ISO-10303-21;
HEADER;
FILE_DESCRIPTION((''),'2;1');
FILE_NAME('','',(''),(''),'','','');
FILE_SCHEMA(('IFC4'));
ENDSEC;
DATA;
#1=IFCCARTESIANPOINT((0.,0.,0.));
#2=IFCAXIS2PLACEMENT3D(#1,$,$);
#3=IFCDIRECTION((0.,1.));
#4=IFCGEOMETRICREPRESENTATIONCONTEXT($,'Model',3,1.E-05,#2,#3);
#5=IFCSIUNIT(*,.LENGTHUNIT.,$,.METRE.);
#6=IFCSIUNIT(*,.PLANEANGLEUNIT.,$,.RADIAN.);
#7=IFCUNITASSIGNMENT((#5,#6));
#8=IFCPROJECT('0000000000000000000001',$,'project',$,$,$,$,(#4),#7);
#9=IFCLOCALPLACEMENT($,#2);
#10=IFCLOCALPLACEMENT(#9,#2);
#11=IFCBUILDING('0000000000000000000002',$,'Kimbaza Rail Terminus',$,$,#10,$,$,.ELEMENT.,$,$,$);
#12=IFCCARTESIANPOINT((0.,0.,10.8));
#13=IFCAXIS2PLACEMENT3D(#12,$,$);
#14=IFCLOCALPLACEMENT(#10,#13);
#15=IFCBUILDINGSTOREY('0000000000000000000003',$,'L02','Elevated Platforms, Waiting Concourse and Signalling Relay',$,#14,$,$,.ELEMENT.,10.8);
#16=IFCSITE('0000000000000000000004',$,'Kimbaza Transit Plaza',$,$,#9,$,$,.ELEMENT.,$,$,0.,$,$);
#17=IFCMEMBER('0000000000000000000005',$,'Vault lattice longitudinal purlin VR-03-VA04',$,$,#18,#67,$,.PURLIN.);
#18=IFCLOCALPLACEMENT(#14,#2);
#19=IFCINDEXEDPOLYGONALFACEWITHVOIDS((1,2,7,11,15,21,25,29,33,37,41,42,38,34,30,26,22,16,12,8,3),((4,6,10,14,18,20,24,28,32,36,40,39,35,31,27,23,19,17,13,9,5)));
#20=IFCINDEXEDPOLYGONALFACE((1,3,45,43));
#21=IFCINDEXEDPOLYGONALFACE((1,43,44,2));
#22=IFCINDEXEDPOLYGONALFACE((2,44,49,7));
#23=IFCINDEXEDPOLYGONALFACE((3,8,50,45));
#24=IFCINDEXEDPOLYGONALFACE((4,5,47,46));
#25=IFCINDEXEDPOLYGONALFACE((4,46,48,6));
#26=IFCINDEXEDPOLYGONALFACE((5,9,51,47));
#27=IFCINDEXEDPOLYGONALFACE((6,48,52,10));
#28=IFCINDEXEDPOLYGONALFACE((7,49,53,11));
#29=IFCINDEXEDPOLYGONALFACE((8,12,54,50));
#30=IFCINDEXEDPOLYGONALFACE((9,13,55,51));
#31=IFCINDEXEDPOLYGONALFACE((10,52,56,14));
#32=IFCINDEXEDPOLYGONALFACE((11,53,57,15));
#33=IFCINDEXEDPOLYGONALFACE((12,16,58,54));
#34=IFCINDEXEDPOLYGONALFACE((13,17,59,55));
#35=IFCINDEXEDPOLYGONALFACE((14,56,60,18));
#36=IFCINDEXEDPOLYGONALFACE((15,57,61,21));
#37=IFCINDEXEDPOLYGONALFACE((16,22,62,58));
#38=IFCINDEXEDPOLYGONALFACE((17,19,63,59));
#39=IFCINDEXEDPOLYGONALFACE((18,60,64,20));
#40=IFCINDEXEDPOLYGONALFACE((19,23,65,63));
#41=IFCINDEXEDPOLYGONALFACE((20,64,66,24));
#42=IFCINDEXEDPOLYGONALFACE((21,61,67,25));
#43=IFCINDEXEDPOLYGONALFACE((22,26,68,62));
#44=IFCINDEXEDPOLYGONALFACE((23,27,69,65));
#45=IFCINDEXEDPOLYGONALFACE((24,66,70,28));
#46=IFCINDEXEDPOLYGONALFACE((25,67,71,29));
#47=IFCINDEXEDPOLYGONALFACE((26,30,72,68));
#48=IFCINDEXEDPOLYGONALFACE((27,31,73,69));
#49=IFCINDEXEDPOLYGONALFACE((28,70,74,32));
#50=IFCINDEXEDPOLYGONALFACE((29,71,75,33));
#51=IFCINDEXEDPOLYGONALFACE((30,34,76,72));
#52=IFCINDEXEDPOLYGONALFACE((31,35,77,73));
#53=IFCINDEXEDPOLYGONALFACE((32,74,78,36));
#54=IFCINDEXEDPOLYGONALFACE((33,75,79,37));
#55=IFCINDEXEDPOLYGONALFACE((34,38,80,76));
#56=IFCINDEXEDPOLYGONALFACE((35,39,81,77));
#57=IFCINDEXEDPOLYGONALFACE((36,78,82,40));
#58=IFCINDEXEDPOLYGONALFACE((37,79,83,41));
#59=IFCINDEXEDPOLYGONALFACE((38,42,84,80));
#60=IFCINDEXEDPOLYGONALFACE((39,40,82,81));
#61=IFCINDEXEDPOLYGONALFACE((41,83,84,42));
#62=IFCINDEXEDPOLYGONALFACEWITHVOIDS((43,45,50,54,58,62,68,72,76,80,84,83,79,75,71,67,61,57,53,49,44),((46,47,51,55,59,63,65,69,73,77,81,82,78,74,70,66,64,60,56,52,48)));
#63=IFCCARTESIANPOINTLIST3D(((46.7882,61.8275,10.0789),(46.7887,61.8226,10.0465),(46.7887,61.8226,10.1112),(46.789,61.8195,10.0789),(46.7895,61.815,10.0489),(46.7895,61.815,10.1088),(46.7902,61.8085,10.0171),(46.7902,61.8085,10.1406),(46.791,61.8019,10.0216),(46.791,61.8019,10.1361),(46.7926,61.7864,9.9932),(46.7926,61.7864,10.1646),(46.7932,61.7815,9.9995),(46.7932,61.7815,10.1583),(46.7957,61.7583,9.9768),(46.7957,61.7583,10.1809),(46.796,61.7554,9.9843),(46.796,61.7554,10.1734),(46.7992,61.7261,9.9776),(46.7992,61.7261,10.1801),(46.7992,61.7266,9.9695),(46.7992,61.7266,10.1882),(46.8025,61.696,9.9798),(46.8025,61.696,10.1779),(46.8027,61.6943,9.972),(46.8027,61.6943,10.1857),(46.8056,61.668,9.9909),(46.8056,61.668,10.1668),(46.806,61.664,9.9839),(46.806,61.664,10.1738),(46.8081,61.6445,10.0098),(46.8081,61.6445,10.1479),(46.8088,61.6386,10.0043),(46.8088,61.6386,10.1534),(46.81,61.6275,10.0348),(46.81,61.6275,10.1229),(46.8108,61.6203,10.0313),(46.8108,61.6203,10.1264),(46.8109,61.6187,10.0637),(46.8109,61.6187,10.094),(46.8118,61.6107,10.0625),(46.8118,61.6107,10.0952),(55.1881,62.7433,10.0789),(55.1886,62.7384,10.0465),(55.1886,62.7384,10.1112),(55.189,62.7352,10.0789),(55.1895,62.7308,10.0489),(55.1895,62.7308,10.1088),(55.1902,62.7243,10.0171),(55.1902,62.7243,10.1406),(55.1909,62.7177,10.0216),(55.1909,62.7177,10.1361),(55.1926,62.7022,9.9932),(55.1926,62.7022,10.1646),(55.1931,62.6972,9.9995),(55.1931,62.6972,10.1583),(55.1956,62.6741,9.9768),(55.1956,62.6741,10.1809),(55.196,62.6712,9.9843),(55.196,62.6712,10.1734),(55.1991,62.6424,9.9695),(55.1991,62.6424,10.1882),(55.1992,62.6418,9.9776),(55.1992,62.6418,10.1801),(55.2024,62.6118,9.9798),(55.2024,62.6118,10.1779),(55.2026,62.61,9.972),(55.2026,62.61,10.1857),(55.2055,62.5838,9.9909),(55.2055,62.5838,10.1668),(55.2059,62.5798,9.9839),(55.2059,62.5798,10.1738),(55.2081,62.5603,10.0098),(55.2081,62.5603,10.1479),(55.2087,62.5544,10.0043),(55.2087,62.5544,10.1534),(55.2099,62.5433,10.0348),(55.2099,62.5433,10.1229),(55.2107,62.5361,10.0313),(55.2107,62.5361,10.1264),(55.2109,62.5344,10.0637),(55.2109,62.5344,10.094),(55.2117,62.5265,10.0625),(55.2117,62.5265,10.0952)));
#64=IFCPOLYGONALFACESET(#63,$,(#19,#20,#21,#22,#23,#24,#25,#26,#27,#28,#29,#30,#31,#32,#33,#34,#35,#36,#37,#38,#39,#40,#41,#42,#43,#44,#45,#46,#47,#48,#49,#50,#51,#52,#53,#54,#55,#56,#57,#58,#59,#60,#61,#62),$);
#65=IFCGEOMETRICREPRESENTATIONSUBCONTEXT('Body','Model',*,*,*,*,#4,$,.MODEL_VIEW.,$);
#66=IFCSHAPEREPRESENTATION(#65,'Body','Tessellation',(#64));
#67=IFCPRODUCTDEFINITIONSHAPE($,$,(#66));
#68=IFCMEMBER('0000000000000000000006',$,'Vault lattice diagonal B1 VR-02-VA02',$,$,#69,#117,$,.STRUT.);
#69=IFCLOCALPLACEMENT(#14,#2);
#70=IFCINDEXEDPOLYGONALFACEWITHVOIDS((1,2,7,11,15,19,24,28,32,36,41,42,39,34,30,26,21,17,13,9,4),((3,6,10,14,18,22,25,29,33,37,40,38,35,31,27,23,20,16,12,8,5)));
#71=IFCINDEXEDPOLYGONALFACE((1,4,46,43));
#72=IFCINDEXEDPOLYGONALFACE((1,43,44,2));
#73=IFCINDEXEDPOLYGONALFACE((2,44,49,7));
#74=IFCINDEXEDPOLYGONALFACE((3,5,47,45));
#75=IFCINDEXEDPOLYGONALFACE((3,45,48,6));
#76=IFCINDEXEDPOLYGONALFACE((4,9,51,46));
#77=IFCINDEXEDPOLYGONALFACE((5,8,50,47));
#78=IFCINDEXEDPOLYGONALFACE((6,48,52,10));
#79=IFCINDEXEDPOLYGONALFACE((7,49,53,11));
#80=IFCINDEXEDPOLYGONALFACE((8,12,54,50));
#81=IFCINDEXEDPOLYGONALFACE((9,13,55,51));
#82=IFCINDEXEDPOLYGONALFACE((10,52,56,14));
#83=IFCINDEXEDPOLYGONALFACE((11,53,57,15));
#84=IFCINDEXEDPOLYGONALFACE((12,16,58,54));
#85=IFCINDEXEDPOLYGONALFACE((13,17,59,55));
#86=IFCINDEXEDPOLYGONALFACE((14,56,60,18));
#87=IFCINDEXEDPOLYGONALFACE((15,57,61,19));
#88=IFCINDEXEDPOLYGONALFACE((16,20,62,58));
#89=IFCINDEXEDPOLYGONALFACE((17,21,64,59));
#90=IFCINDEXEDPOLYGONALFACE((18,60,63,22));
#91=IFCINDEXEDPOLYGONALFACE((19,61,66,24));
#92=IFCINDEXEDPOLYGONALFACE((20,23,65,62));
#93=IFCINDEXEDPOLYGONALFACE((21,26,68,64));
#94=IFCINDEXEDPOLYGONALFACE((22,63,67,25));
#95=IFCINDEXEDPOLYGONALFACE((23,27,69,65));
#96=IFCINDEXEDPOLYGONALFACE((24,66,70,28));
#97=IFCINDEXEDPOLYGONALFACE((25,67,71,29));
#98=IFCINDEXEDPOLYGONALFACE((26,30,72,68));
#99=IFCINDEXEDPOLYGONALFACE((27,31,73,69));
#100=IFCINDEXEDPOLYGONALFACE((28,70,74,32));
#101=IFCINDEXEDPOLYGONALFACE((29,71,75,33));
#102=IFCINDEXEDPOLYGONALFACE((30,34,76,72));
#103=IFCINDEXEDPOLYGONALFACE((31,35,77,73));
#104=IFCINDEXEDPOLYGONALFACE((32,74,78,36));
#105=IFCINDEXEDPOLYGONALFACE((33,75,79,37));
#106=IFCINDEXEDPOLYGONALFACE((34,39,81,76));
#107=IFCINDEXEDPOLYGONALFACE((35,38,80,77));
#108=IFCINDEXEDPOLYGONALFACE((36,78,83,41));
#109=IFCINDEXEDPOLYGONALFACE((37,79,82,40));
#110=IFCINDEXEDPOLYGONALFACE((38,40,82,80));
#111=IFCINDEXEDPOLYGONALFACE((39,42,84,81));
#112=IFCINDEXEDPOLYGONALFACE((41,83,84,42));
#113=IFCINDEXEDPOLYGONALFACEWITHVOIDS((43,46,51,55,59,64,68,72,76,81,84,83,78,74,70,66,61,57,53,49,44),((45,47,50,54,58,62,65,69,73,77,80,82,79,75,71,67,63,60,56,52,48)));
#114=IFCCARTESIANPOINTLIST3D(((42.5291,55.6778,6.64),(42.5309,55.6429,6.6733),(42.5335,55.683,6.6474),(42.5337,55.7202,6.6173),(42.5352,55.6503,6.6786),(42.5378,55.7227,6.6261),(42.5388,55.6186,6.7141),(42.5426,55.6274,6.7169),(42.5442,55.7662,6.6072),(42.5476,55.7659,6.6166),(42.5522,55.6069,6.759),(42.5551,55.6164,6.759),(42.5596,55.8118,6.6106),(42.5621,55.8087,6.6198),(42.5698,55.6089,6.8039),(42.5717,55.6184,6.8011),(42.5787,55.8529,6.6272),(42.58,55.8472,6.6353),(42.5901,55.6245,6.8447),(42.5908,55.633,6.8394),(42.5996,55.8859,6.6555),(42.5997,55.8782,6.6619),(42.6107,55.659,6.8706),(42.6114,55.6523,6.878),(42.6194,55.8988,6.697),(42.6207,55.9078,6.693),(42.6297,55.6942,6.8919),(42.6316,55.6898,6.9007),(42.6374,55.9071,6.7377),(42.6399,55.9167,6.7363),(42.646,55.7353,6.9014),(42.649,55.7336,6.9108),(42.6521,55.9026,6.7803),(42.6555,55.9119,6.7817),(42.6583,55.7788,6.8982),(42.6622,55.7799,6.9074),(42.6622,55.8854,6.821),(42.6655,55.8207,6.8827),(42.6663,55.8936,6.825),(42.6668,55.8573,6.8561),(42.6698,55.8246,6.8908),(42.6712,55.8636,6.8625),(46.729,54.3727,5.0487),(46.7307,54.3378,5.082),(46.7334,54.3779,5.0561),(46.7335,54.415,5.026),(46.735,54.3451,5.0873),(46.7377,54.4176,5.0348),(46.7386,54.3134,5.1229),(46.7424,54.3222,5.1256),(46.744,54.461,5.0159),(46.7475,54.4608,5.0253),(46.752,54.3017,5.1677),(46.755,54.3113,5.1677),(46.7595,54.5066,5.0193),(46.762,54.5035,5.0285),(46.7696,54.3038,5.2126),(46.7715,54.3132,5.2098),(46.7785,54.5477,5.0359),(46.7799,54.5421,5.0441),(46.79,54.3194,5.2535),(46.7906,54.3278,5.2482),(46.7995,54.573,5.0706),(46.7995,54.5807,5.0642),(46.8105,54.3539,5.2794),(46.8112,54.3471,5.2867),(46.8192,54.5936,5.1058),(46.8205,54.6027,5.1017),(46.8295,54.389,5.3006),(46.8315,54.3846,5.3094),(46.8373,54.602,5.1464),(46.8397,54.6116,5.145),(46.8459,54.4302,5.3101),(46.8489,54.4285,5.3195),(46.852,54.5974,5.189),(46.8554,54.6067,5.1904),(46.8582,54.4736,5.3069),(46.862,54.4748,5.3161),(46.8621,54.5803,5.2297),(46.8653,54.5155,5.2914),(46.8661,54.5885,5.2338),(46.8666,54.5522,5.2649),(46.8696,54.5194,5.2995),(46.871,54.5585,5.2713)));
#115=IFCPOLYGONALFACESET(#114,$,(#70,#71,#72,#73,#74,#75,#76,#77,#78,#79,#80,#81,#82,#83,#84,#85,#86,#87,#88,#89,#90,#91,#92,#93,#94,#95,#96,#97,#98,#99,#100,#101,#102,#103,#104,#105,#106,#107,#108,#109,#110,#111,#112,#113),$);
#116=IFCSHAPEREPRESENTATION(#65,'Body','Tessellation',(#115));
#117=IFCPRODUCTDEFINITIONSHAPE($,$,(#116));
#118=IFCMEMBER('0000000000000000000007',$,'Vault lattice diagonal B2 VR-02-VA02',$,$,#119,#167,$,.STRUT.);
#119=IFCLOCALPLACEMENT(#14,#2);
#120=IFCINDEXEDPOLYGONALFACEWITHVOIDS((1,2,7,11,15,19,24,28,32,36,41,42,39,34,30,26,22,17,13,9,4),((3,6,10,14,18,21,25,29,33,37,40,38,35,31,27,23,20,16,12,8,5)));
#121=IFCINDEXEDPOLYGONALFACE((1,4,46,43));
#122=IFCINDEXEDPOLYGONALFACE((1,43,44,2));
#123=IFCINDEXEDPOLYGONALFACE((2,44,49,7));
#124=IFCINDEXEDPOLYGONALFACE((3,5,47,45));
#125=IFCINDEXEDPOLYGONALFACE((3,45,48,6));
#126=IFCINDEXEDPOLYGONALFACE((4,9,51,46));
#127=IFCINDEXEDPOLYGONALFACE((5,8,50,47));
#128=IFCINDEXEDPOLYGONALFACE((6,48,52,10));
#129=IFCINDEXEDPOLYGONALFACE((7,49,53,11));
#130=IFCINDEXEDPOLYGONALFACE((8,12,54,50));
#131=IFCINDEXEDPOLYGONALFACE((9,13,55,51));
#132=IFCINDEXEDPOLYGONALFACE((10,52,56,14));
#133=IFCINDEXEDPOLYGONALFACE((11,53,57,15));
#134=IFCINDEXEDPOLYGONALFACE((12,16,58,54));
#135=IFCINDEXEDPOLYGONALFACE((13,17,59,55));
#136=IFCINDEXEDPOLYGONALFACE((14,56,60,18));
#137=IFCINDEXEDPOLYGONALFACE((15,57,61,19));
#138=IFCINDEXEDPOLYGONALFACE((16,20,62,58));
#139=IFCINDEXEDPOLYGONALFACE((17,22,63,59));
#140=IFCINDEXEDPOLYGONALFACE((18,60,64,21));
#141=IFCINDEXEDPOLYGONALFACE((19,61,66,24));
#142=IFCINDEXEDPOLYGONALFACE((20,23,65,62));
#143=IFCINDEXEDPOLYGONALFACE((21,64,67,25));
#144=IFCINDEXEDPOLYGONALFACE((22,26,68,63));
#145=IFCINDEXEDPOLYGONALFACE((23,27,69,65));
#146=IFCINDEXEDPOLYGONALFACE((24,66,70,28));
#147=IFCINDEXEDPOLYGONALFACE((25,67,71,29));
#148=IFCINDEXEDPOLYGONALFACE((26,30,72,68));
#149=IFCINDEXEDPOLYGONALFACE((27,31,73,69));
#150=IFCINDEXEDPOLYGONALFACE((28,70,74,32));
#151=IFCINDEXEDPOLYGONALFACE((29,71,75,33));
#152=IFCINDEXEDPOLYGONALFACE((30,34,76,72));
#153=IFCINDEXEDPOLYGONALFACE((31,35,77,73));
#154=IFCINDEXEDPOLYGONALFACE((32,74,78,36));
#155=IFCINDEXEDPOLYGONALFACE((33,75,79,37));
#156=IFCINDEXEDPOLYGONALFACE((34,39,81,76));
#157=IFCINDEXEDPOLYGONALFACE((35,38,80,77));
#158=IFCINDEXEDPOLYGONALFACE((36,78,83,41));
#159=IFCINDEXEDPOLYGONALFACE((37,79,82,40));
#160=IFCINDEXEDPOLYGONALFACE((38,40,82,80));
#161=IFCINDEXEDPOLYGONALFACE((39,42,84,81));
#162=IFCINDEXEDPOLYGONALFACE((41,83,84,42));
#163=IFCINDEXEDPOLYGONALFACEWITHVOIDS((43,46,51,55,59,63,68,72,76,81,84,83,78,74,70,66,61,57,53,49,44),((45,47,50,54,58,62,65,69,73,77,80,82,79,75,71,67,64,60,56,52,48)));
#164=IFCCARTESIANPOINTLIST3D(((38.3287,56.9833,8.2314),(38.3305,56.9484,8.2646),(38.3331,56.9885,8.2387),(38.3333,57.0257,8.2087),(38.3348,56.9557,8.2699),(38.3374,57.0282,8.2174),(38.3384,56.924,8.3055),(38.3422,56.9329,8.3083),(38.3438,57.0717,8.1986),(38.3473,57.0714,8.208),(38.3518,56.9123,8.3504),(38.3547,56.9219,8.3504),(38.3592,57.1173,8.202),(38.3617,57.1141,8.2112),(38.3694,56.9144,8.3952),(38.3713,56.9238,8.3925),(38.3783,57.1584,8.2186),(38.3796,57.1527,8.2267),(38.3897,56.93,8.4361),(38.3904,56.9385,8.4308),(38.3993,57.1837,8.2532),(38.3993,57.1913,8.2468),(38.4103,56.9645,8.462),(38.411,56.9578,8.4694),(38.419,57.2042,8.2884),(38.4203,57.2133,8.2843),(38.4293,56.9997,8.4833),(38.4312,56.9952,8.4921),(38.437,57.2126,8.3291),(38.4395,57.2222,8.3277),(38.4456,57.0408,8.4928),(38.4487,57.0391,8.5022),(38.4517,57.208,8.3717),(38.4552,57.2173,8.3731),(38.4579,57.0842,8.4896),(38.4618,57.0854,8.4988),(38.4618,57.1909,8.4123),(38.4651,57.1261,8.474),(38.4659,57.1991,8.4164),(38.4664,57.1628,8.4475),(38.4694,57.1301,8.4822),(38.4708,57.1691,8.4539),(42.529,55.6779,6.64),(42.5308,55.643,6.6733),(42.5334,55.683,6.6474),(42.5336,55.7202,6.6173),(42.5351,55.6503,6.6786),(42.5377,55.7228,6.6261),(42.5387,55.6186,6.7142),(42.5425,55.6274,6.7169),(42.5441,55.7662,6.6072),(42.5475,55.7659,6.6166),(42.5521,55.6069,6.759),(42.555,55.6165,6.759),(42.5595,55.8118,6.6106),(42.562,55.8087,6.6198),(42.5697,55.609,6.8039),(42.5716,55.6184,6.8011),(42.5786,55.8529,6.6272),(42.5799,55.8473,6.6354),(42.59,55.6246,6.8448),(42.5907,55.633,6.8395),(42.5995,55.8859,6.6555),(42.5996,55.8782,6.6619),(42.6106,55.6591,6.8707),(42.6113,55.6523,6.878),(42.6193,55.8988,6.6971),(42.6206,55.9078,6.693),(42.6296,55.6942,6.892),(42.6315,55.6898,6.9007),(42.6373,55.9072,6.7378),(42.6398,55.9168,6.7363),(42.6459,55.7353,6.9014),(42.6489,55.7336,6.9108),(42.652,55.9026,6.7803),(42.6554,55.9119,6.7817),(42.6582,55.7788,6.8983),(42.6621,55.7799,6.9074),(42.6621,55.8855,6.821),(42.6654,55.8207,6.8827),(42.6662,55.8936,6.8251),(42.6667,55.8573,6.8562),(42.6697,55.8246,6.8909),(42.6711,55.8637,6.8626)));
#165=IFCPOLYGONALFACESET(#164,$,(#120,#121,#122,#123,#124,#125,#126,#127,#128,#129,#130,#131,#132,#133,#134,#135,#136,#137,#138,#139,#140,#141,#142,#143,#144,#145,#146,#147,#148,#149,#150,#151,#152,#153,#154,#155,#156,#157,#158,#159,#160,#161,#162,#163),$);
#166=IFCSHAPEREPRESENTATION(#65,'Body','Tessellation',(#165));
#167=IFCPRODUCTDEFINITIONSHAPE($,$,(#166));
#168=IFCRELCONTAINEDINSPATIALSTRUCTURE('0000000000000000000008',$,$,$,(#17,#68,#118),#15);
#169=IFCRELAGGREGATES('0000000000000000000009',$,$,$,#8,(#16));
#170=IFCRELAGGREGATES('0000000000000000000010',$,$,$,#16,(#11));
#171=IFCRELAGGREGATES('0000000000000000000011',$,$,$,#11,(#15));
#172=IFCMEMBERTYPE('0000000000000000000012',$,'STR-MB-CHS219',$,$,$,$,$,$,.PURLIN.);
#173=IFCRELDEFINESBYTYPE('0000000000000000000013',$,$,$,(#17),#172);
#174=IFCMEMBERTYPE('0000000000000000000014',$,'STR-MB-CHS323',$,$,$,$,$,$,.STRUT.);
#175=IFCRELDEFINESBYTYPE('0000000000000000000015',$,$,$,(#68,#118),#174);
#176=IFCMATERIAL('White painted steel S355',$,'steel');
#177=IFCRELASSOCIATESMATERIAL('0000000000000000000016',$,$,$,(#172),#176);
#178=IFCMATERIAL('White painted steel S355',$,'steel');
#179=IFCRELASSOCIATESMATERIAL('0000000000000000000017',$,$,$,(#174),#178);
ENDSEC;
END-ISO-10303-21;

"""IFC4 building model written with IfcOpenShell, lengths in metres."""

from ifc_helpers import new_model, si_unit, direction, frame, origin, origin_2d, place, context, subcontext, project, spatial, hollow_circle, extrude, material, material_profile, profile_set, type_object, element, save


model = new_model("IFC4")

# Units and contexts
model_context = context("Model", 3, precision=1e-05, world=origin(), true_north=direction((0.0, 1.0)))
body_context = subcontext(model_context, "Body", "Model", "MODEL_VIEW")
ifc_project = project(units=[si_unit("LENGTHUNIT", "METRE"), si_unit("PLANEANGLEUNIT", "RADIAN")], contexts=[model_context])

# Site, building, storey
site_placement = place(None, origin())
site = spatial("IfcSite", under=ifc_project, at=site_placement, Name="Kimbaza Transit Plaza", CompositionType="ELEMENT", RefElevation=0.0)
building_placement = place(site_placement, origin())
building = spatial("IfcBuilding", under=site, at=building_placement, Name="Kimbaza Rail Terminus", CompositionType="ELEMENT")
storey_placement = place(building_placement, frame((0.0, 0.0, 10.8)))
storey = spatial("IfcBuildingStorey", under=building, at=storey_placement, Name="L02", Description="Elevated Platforms, Waiting Concourse and Signalling Relay", CompositionType="ELEMENT", Elevation=10.8)

# Members
ifc_material_1 = material(Name="White painted steel S355", Category="steel")
ifc_material_profile_1 = material_profile(ifc_material_1, hollow_circle(Radius=0.1096, WallThickness=0.0081, at=origin_2d()), Name="CHS 219.1x8")
ifc_profile_set_1 = profile_set([ifc_material_profile_1], Name="White painted steel S355")
member_type_1 = type_object("IfcMemberType", Name="STR-MB-CHS219", PredefinedType="PURLIN", material=ifc_profile_set_1)
for number, where, z_axis, x_axis, name in (
    (1, (46.8, 61.7185, 10.0789), (0.99411, 0.10838, 0.0), (-0.10838, 0.99411, 0.0), "Vault lattice longitudinal purlin VR-03-VA04"),
):
    element("IfcMember", number, at=place(storey_placement, frame(where, z_axis=z_axis, x_axis=x_axis)), inside=storey, type_object=member_type_1, Name=name, PredefinedType="PURLIN", context=body_context, shape_type="SweptSolid", body=[
        extrude(hollow_circle(Radius=0.1096, WallThickness=0.0081, at=origin_2d()), origin(), (0.0, 0.0, 1.0), 8.4497),
    ])
ifc_material_2 = material(Name="White painted steel S355", Category="steel")
ifc_material_profile_2 = material_profile(ifc_material_2, hollow_circle(Radius=0.1619, WallThickness=0.01, at=origin_2d()), Name="CHS 323.9x10")
ifc_profile_set_2 = profile_set([ifc_material_profile_2], Name="White painted steel S355")
member_type_2 = type_object("IfcMemberType", Name="STR-MB-CHS323", PredefinedType="STRUT", material=ifc_profile_set_2)
member_1_placement = place(storey_placement, frame((46.8, 54.4563, 5.1677), z_axis=(-0.89798, 0.279056, 0.340233), x_axis=(-0.296761, -0.954952, 0.0)))
element("IfcMember", 2, at=member_1_placement, inside=storey, type_object=member_type_2, Name="Vault lattice diagonal B1 VR-02-VA02", PredefinedType="STRUT", context=body_context, shape_type="SweptSolid", body=[
    extrude(hollow_circle(Radius=0.1619, WallThickness=0.01, at=origin_2d()), origin(), (0.0, 0.0, 1.0), 4.677),
])
member_2_placement = place(storey_placement, frame((42.6001, 55.7615, 6.759), z_axis=(-0.897977, 0.279091, 0.340213), x_axis=(-0.296796, -0.954941, 0.0)))
element("IfcMember", 3, at=member_2_placement, inside=storey, type_object=member_type_2, Name="Vault lattice diagonal B2 VR-02-VA02", PredefinedType="STRUT", context=body_context, shape_type="SweptSolid", body=[
    extrude(hollow_circle(Radius=0.1619, WallThickness=0.01, at=origin_2d()), origin(), (0.0, 0.0, 1.0), 4.6775),
])

save(model, "model.ifc")
